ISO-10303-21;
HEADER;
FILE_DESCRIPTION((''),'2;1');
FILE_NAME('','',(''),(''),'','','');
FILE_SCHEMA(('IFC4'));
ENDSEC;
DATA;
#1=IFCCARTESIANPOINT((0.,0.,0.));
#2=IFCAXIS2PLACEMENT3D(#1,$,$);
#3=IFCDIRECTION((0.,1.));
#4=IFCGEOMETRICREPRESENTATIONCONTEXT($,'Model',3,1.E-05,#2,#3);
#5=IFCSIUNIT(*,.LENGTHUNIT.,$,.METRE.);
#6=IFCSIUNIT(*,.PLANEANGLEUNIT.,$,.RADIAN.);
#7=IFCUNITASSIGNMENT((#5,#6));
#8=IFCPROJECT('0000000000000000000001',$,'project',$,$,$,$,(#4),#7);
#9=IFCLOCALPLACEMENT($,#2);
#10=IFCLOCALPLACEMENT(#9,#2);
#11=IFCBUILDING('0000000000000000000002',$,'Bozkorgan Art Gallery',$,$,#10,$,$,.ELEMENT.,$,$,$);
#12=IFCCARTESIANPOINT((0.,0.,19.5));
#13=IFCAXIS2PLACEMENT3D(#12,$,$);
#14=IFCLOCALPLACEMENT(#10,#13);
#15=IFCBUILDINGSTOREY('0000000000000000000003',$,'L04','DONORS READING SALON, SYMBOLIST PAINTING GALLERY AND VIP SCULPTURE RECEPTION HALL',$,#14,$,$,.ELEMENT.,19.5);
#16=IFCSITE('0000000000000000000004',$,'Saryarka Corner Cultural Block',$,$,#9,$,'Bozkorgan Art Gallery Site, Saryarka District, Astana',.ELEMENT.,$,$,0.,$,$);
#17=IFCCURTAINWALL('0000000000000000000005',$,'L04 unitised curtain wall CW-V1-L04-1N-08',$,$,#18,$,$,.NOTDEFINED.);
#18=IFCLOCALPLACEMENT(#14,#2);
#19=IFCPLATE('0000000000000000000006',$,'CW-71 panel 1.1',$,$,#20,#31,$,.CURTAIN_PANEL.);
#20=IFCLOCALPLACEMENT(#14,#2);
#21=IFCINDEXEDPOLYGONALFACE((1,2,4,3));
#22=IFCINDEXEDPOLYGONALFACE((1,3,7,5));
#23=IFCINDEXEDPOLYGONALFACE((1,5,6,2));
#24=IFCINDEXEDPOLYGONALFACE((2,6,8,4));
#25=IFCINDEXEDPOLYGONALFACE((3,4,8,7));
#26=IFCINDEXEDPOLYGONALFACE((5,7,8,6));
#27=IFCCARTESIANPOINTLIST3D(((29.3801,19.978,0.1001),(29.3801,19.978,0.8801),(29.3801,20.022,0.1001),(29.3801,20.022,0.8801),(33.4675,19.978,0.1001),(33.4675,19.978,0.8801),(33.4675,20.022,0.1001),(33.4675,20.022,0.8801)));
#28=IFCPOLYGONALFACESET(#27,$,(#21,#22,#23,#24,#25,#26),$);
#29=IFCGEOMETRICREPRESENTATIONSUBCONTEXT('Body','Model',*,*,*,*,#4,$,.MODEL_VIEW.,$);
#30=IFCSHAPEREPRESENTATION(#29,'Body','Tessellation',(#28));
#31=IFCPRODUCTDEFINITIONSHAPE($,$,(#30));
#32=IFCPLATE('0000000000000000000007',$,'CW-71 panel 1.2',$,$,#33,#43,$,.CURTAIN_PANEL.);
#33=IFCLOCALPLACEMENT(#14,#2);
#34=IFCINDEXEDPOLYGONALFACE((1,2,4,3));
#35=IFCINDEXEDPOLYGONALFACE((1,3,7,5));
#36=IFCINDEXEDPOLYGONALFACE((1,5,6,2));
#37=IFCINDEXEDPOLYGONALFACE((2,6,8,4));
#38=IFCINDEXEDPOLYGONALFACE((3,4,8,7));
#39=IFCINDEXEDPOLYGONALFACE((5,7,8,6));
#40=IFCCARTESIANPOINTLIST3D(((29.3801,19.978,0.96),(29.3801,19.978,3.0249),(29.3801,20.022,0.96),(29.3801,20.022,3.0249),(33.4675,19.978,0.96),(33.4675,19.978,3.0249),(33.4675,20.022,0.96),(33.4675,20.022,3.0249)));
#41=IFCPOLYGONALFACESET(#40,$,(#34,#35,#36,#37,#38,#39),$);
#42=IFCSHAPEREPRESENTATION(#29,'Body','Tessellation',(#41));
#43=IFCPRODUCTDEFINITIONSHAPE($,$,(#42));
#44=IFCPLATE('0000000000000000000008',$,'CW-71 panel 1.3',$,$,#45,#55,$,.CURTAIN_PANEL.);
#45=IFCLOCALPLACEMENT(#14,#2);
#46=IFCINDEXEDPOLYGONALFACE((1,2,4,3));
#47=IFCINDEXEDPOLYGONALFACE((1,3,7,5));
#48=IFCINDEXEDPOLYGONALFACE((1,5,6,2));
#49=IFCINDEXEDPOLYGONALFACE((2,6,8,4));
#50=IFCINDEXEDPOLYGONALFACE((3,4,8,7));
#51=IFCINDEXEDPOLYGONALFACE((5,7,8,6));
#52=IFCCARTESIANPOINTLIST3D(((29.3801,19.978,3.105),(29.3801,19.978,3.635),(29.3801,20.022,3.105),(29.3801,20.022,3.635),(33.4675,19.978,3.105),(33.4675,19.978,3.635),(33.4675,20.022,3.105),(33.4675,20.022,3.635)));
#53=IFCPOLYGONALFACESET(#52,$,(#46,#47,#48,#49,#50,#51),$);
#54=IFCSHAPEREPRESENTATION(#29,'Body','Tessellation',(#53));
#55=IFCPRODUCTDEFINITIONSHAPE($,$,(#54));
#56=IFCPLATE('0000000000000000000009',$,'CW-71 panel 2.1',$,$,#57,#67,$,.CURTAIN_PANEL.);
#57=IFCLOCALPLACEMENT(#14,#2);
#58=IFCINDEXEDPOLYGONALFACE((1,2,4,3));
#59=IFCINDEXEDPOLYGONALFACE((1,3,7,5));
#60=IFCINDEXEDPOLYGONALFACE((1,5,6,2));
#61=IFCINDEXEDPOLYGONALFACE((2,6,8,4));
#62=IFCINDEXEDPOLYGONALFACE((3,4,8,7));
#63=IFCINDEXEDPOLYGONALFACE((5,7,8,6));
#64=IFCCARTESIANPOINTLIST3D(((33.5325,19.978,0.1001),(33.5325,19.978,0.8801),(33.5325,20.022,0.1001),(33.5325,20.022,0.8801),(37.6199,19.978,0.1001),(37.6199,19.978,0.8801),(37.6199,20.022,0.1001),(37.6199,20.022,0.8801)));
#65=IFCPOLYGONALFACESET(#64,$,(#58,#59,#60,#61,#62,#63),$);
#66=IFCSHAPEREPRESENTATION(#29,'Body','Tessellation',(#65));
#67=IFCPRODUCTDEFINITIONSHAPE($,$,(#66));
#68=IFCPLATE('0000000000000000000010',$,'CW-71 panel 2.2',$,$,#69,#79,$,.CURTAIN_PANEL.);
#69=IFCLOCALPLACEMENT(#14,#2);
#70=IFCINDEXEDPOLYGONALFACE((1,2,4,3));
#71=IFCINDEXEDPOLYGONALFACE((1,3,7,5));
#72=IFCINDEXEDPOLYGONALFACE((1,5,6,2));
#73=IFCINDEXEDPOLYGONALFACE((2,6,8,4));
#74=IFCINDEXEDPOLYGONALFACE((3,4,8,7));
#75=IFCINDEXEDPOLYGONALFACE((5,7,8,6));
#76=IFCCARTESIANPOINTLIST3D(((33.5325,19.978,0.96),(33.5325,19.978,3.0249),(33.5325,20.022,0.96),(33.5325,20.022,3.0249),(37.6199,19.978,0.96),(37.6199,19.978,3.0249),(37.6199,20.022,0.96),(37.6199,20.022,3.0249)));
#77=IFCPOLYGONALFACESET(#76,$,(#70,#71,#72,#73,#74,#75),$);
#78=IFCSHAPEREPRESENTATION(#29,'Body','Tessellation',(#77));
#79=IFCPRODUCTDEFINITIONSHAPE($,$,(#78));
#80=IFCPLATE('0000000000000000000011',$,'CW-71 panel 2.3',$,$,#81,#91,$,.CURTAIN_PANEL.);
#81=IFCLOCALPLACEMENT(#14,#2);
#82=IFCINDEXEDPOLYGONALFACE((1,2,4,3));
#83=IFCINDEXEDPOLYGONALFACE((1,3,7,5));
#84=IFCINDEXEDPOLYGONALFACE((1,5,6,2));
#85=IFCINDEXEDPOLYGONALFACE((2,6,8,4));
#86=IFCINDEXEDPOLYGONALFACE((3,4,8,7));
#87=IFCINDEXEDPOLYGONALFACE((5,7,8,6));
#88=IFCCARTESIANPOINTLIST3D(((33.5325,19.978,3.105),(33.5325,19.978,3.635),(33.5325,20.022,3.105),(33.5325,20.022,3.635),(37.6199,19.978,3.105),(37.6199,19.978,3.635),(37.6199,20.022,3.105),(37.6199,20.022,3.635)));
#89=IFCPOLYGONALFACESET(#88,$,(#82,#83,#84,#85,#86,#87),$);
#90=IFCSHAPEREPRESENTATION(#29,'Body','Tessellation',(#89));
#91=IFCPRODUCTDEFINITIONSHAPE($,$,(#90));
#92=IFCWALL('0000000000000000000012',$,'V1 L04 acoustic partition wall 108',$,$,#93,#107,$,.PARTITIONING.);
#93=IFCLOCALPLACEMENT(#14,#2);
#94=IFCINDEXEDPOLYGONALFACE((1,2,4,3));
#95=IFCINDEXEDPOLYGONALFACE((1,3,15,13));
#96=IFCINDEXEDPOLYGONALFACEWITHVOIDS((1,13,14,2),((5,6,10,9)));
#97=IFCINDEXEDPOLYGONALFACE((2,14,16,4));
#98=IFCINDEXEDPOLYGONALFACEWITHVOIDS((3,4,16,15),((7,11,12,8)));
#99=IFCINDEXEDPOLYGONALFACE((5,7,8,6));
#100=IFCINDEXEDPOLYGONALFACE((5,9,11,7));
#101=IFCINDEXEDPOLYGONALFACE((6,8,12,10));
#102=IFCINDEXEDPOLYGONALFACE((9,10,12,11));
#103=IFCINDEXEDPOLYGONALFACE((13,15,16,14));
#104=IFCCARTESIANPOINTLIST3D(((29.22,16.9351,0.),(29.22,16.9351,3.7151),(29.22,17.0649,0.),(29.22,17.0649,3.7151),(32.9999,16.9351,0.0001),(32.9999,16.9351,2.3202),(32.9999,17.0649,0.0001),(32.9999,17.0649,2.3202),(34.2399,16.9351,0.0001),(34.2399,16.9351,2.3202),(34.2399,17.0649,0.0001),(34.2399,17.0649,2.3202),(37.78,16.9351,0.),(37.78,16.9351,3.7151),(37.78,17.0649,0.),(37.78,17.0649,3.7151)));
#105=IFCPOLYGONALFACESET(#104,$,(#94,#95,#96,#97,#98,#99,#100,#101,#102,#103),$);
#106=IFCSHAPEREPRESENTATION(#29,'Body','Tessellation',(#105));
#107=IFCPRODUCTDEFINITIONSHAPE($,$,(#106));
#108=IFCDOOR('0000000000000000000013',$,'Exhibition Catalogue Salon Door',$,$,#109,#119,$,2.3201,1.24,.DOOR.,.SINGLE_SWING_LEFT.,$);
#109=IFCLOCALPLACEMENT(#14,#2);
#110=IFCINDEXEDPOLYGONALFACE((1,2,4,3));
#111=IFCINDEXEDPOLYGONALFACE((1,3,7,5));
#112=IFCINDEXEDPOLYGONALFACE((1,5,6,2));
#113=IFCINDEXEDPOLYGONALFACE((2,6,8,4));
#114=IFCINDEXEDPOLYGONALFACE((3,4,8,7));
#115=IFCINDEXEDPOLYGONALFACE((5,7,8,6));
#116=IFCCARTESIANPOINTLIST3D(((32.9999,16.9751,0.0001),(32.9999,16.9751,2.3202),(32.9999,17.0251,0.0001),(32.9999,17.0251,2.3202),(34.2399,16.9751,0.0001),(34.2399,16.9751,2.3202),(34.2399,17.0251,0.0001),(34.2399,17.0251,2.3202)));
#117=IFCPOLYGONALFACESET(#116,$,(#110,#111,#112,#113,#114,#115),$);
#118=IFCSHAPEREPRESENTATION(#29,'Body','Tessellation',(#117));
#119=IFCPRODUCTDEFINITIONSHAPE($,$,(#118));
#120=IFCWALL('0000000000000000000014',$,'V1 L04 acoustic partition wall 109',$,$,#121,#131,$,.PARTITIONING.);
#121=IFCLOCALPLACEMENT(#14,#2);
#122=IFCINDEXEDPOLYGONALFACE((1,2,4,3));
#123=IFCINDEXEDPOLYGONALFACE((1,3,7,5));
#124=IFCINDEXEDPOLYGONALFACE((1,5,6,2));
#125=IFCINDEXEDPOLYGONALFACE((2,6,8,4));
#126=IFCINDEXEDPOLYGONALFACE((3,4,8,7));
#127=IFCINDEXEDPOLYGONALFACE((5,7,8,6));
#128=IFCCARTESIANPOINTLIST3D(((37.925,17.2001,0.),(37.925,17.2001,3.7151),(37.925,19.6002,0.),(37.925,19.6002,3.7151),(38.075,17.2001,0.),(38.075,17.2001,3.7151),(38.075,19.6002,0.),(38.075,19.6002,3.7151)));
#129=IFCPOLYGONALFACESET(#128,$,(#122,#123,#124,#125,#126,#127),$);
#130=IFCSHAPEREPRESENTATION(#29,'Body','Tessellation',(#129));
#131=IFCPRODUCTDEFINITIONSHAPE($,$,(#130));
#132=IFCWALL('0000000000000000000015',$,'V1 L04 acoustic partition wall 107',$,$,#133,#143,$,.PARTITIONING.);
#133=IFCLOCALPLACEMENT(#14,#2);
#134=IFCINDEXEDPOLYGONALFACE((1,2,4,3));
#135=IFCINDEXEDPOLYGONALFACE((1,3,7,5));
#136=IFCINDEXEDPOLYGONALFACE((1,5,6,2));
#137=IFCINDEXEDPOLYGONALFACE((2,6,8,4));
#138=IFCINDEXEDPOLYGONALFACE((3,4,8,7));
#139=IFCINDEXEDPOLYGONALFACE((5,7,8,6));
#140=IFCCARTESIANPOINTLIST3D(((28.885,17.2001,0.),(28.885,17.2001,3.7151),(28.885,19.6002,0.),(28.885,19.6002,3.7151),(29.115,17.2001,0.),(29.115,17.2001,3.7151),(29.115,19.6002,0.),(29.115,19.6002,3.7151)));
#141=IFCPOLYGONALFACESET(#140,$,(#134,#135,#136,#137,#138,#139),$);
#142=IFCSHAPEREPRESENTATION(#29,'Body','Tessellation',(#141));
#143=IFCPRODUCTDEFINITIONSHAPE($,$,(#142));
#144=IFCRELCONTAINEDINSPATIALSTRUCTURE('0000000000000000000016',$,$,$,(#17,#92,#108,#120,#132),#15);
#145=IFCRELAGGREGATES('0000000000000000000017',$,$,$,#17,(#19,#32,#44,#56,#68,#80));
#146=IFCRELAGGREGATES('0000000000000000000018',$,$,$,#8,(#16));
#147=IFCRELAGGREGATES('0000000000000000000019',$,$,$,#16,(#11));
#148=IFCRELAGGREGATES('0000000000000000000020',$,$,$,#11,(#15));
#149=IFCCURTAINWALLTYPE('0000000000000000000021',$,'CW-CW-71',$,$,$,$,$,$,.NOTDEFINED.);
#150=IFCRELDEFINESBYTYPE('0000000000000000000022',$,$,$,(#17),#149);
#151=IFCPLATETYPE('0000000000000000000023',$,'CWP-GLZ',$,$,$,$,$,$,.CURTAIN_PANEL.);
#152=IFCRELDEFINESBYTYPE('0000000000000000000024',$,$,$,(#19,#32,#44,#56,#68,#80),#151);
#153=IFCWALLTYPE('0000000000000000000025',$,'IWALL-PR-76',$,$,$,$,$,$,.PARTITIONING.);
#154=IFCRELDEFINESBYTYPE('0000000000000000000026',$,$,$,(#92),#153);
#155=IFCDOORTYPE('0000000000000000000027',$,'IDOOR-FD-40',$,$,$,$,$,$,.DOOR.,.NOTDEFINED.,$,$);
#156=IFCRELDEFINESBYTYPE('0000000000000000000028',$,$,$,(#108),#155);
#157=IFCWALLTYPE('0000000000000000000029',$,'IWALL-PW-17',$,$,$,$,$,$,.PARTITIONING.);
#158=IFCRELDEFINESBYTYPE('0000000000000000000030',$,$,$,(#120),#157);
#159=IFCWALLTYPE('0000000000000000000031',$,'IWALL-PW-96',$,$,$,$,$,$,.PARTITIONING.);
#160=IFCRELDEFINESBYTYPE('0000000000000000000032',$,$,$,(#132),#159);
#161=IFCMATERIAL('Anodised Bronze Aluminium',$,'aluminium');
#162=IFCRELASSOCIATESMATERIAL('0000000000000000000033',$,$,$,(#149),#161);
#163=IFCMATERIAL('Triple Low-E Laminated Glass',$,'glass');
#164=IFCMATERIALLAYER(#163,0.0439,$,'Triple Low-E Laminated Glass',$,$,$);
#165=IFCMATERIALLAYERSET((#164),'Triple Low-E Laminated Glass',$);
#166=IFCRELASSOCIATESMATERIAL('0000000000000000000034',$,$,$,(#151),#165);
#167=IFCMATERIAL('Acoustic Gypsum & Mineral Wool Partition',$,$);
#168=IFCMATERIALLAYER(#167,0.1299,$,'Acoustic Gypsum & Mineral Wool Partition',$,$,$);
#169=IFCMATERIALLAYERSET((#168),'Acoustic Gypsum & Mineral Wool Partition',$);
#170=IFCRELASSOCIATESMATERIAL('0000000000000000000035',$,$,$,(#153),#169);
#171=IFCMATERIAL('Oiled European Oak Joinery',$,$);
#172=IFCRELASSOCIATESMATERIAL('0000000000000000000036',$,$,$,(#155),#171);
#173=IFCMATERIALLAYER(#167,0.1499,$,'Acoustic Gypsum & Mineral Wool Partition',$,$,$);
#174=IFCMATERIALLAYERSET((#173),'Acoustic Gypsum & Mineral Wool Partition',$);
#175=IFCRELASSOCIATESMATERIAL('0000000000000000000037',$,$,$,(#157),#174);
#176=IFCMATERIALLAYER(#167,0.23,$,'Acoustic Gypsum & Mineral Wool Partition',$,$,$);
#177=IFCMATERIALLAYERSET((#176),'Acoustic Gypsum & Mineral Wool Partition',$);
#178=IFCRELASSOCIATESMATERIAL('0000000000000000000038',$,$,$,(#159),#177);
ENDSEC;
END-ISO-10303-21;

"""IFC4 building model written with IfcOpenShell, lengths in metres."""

from ifc_helpers import new_model, si_unit, direction, frame, frame_2d, origin, origin_2d, place, context, subcontext, project, spatial, rectangle, extrude, material, layer, layer_set, type_object, element, fill, aggregate, save


model = new_model("IFC4")

# Units and contexts
model_context = context("Model", 3, precision=1e-05, world=origin(), true_north=direction((0.0, 1.0)))
body_context = subcontext(model_context, "Body", "Model", "MODEL_VIEW")
ifc_project = project(units=[si_unit("LENGTHUNIT", "METRE"), si_unit("PLANEANGLEUNIT", "RADIAN")], contexts=[model_context])

# Site, building, storey
site_placement = place(None, origin())
site = spatial("IfcSite", under=ifc_project, at=site_placement, Name="Saryarka Corner Cultural Block", LongName="Bozkorgan Art Gallery Site, Saryarka District, Astana", CompositionType="ELEMENT", RefElevation=0.0)
building_placement = place(site_placement, origin())
building = spatial("IfcBuilding", under=site, at=building_placement, Name="Bozkorgan Art Gallery", CompositionType="ELEMENT")
storey_placement = place(building_placement, frame((0.0, 0.0, 19.5)))
storey = spatial("IfcBuildingStorey", under=building, at=storey_placement, Name="L04", Description="DONORS READING SALON, SYMBOLIST PAINTING GALLERY AND VIP SCULPTURE RECEPTION HALL", CompositionType="ELEMENT", Elevation=19.5)

# Curtain wall, plates
ifc_material_1 = material(Name="Anodised Bronze Aluminium", Category="aluminium")
curtain_wall_type = type_object("IfcCurtainWallType", Name="CW-CW-71", PredefinedType="NOTDEFINED", material=ifc_material_1)
curtain_wall_placement = place(storey_placement, origin())
curtain_wall = element("IfcCurtainWall", 1, at=curtain_wall_placement, inside=storey, type_object=curtain_wall_type, Name="L04 unitised curtain wall CW-V1-L04-1N-08", PredefinedType="NOTDEFINED")
ifc_material_2 = material(Name="Triple Low-E Laminated Glass", Category="glass")
ifc_layer_1 = layer(ifc_material_2, 0.0439, Name="Triple Low-E Laminated Glass")
ifc_layer_set_1 = layer_set([ifc_layer_1], Name="Triple Low-E Laminated Glass")
plate_type = type_object("IfcPlateType", Name="CWP-GLZ", PredefinedType="CURTAIN_PANEL", material=ifc_layer_set_1)
plate_1_placement = place(storey_placement, frame((31.4238, 20.0, 0.1001), z_axis=(0.0, 0.0, 1.0), x_axis=(1.0, 0.0, 0.0)))
plate_1 = element("IfcPlate", 2, at=plate_1_placement, type_object=plate_type, Name="CW-71 panel 1.1", PredefinedType="CURTAIN_PANEL", context=body_context, shape_type="SweptSolid", body=[
    extrude(rectangle(XDim=4.0874, YDim=0.0439, at=origin_2d()), origin(), (0.0, 0.0, 1.0), 0.78),
])
plate_2_placement = place(storey_placement, frame((31.4238, 20.0, 0.96), z_axis=(0.0, 0.0, 1.0), x_axis=(1.0, 0.0, 0.0)))
plate_2 = element("IfcPlate", 3, at=plate_2_placement, type_object=plate_type, Name="CW-71 panel 1.2", PredefinedType="CURTAIN_PANEL", context=body_context, shape_type="SweptSolid", body=[
    extrude(rectangle(XDim=4.0874, YDim=0.0439, at=origin_2d()), origin(), (0.0, 0.0, 1.0), 2.0649),
])
plate_3_placement = place(storey_placement, frame((31.4238, 20.0, 3.105), z_axis=(0.0, 0.0, 1.0), x_axis=(1.0, 0.0, 0.0)))
plate_3 = element("IfcPlate", 4, at=plate_3_placement, type_object=plate_type, Name="CW-71 panel 1.3", PredefinedType="CURTAIN_PANEL", context=body_context, shape_type="SweptSolid", body=[
    extrude(rectangle(XDim=4.0874, YDim=0.0439, at=origin_2d()), origin(), (0.0, 0.0, 1.0), 0.53),
])
plate_4_placement = place(storey_placement, frame((35.5762, 20.0, 0.1001), z_axis=(0.0, 0.0, 1.0), x_axis=(1.0, 0.0, 0.0)))
plate_4 = element("IfcPlate", 5, at=plate_4_placement, type_object=plate_type, Name="CW-71 panel 2.1", PredefinedType="CURTAIN_PANEL", context=body_context, shape_type="SweptSolid", body=[
    extrude(rectangle(XDim=4.0874, YDim=0.0439, at=origin_2d()), origin(), (0.0, 0.0, 1.0), 0.78),
])
plate_5_placement = place(storey_placement, frame((35.5762, 20.0, 0.96), z_axis=(0.0, 0.0, 1.0), x_axis=(1.0, 0.0, 0.0)))
plate_5 = element("IfcPlate", 6, at=plate_5_placement, type_object=plate_type, Name="CW-71 panel 2.2", PredefinedType="CURTAIN_PANEL", context=body_context, shape_type="SweptSolid", body=[
    extrude(rectangle(XDim=4.0874, YDim=0.0439, at=origin_2d()), origin(), (0.0, 0.0, 1.0), 2.0649),
])
plate_6_placement = place(storey_placement, frame((35.5762, 20.0, 3.105), z_axis=(0.0, 0.0, 1.0), x_axis=(1.0, 0.0, 0.0)))
plate_6 = element("IfcPlate", 7, at=plate_6_placement, type_object=plate_type, Name="CW-71 panel 2.3", PredefinedType="CURTAIN_PANEL", context=body_context, shape_type="SweptSolid", body=[
    extrude(rectangle(XDim=4.0874, YDim=0.0439, at=origin_2d()), origin(), (0.0, 0.0, 1.0), 0.53),
])
aggregate(curtain_wall, [plate_1, plate_2, plate_3, plate_4, plate_5, plate_6])

# Wall, opening, door
ifc_material_3 = material(Name="Acoustic Gypsum & Mineral Wool Partition")
ifc_layer_2 = layer(ifc_material_3, 0.1299, Name="Acoustic Gypsum & Mineral Wool Partition")
ifc_layer_set_2 = layer_set([ifc_layer_2], Name="Acoustic Gypsum & Mineral Wool Partition")
wall_type_1 = type_object("IfcWallType", Name="IWALL-PR-76", PredefinedType="PARTITIONING", material=ifc_layer_set_2)
wall_1_placement = place(storey_placement, frame((29.22, 17.0, 0.0), z_axis=(0.0, 0.0, 1.0), x_axis=(1.0, 0.0, 0.0)))
wall_1 = element("IfcWall", 8, at=wall_1_placement, inside=storey, type_object=wall_type_1, Name="V1 L04 acoustic partition wall 108", PredefinedType="PARTITIONING", context=body_context, shape_type="SweptSolid", body=[
    extrude(rectangle(XDim=8.5601, YDim=0.1299, at=frame_2d((4.28, 0.0))), origin(), (0.0, 0.0, 1.0), 3.7151),
])
opening_placement = place(wall_1_placement, frame((5.02, 0.0, 0.0), z_axis=(0.0, 0.0, 1.0), x_axis=(-1.0, 0.0, 0.0)))
opening = element("IfcOpeningElement", 9, at=opening_placement, cuts=wall_1, PredefinedType="OPENING", context=body_context, shape_type="SweptSolid", body=[
    extrude(rectangle(XDim=1.24, YDim=2.3201, at=frame_2d((0.6201, 1.1602))), frame((0.0, 0.075, 0.0), z_axis=(0.0, -1.0, 0.0), x_axis=(1.0, 0.0, 0.0)), (0.0, 0.0, 1.0), 0.1499),
])
ifc_material_4 = material(Name="Oiled European Oak Joinery")
door_type = type_object("IfcDoorType", Name="IDOOR-FD-40", OperationType="NOTDEFINED", PredefinedType="DOOR", material=ifc_material_4)
door_placement = place(opening_placement, origin())
door = element("IfcDoor", 10, at=door_placement, inside=storey, type_object=door_type, Name="Exhibition Catalogue Salon Door", OperationType="SINGLE_SWING_LEFT", OverallHeight=2.3201, OverallWidth=1.24, PredefinedType="DOOR", context=body_context, shape_type="SweptSolid", body=[
    extrude(rectangle(XDim=1.24, YDim=2.3201, at=frame_2d((0.6201, 1.1602))), frame((0.0, 0.0249, 0.0), z_axis=(0.0, -1.0, 0.0), x_axis=(1.0, 0.0, 0.0)), (0.0, 0.0, 1.0), 0.05),
])
fill(opening, door)

# Walls
ifc_layer_3 = layer(ifc_material_3, 0.1499, Name="Acoustic Gypsum & Mineral Wool Partition")
ifc_layer_set_3 = layer_set([ifc_layer_3], Name="Acoustic Gypsum & Mineral Wool Partition")
wall_type_2 = type_object("IfcWallType", Name="IWALL-PW-17", PredefinedType="PARTITIONING", material=ifc_layer_set_3)
wall_2_placement = place(storey_placement, frame((38.0, 17.2, 0.0), z_axis=(0.0, 0.0, 1.0), x_axis=(0.0, 1.0, 0.0)))
element("IfcWall", 11, at=wall_2_placement, inside=storey, type_object=wall_type_2, Name="V1 L04 acoustic partition wall 109", PredefinedType="PARTITIONING", context=body_context, shape_type="SweptSolid", body=[
    extrude(rectangle(XDim=2.4001, YDim=0.1499, at=frame_2d((1.2002, 0.0))), origin(), (0.0, 0.0, 1.0), 3.7151),
])
ifc_layer_4 = layer(ifc_material_3, 0.23, Name="Acoustic Gypsum & Mineral Wool Partition")
ifc_layer_set_4 = layer_set([ifc_layer_4], Name="Acoustic Gypsum & Mineral Wool Partition")
wall_type_3 = type_object("IfcWallType", Name="IWALL-PW-96", PredefinedType="PARTITIONING", material=ifc_layer_set_4)
wall_3_placement = place(storey_placement, frame((29.0, 17.2, 0.0), z_axis=(0.0, 0.0, 1.0), x_axis=(0.0, 1.0, 0.0)))
element("IfcWall", 12, at=wall_3_placement, inside=storey, type_object=wall_type_3, Name="V1 L04 acoustic partition wall 107", PredefinedType="PARTITIONING", context=body_context, shape_type="SweptSolid", body=[
    extrude(rectangle(XDim=2.4001, YDim=0.23, at=frame_2d((1.2002, 0.0))), origin(), (0.0, 0.0, 1.0), 3.7151),
])

save(model, "model.ifc")
